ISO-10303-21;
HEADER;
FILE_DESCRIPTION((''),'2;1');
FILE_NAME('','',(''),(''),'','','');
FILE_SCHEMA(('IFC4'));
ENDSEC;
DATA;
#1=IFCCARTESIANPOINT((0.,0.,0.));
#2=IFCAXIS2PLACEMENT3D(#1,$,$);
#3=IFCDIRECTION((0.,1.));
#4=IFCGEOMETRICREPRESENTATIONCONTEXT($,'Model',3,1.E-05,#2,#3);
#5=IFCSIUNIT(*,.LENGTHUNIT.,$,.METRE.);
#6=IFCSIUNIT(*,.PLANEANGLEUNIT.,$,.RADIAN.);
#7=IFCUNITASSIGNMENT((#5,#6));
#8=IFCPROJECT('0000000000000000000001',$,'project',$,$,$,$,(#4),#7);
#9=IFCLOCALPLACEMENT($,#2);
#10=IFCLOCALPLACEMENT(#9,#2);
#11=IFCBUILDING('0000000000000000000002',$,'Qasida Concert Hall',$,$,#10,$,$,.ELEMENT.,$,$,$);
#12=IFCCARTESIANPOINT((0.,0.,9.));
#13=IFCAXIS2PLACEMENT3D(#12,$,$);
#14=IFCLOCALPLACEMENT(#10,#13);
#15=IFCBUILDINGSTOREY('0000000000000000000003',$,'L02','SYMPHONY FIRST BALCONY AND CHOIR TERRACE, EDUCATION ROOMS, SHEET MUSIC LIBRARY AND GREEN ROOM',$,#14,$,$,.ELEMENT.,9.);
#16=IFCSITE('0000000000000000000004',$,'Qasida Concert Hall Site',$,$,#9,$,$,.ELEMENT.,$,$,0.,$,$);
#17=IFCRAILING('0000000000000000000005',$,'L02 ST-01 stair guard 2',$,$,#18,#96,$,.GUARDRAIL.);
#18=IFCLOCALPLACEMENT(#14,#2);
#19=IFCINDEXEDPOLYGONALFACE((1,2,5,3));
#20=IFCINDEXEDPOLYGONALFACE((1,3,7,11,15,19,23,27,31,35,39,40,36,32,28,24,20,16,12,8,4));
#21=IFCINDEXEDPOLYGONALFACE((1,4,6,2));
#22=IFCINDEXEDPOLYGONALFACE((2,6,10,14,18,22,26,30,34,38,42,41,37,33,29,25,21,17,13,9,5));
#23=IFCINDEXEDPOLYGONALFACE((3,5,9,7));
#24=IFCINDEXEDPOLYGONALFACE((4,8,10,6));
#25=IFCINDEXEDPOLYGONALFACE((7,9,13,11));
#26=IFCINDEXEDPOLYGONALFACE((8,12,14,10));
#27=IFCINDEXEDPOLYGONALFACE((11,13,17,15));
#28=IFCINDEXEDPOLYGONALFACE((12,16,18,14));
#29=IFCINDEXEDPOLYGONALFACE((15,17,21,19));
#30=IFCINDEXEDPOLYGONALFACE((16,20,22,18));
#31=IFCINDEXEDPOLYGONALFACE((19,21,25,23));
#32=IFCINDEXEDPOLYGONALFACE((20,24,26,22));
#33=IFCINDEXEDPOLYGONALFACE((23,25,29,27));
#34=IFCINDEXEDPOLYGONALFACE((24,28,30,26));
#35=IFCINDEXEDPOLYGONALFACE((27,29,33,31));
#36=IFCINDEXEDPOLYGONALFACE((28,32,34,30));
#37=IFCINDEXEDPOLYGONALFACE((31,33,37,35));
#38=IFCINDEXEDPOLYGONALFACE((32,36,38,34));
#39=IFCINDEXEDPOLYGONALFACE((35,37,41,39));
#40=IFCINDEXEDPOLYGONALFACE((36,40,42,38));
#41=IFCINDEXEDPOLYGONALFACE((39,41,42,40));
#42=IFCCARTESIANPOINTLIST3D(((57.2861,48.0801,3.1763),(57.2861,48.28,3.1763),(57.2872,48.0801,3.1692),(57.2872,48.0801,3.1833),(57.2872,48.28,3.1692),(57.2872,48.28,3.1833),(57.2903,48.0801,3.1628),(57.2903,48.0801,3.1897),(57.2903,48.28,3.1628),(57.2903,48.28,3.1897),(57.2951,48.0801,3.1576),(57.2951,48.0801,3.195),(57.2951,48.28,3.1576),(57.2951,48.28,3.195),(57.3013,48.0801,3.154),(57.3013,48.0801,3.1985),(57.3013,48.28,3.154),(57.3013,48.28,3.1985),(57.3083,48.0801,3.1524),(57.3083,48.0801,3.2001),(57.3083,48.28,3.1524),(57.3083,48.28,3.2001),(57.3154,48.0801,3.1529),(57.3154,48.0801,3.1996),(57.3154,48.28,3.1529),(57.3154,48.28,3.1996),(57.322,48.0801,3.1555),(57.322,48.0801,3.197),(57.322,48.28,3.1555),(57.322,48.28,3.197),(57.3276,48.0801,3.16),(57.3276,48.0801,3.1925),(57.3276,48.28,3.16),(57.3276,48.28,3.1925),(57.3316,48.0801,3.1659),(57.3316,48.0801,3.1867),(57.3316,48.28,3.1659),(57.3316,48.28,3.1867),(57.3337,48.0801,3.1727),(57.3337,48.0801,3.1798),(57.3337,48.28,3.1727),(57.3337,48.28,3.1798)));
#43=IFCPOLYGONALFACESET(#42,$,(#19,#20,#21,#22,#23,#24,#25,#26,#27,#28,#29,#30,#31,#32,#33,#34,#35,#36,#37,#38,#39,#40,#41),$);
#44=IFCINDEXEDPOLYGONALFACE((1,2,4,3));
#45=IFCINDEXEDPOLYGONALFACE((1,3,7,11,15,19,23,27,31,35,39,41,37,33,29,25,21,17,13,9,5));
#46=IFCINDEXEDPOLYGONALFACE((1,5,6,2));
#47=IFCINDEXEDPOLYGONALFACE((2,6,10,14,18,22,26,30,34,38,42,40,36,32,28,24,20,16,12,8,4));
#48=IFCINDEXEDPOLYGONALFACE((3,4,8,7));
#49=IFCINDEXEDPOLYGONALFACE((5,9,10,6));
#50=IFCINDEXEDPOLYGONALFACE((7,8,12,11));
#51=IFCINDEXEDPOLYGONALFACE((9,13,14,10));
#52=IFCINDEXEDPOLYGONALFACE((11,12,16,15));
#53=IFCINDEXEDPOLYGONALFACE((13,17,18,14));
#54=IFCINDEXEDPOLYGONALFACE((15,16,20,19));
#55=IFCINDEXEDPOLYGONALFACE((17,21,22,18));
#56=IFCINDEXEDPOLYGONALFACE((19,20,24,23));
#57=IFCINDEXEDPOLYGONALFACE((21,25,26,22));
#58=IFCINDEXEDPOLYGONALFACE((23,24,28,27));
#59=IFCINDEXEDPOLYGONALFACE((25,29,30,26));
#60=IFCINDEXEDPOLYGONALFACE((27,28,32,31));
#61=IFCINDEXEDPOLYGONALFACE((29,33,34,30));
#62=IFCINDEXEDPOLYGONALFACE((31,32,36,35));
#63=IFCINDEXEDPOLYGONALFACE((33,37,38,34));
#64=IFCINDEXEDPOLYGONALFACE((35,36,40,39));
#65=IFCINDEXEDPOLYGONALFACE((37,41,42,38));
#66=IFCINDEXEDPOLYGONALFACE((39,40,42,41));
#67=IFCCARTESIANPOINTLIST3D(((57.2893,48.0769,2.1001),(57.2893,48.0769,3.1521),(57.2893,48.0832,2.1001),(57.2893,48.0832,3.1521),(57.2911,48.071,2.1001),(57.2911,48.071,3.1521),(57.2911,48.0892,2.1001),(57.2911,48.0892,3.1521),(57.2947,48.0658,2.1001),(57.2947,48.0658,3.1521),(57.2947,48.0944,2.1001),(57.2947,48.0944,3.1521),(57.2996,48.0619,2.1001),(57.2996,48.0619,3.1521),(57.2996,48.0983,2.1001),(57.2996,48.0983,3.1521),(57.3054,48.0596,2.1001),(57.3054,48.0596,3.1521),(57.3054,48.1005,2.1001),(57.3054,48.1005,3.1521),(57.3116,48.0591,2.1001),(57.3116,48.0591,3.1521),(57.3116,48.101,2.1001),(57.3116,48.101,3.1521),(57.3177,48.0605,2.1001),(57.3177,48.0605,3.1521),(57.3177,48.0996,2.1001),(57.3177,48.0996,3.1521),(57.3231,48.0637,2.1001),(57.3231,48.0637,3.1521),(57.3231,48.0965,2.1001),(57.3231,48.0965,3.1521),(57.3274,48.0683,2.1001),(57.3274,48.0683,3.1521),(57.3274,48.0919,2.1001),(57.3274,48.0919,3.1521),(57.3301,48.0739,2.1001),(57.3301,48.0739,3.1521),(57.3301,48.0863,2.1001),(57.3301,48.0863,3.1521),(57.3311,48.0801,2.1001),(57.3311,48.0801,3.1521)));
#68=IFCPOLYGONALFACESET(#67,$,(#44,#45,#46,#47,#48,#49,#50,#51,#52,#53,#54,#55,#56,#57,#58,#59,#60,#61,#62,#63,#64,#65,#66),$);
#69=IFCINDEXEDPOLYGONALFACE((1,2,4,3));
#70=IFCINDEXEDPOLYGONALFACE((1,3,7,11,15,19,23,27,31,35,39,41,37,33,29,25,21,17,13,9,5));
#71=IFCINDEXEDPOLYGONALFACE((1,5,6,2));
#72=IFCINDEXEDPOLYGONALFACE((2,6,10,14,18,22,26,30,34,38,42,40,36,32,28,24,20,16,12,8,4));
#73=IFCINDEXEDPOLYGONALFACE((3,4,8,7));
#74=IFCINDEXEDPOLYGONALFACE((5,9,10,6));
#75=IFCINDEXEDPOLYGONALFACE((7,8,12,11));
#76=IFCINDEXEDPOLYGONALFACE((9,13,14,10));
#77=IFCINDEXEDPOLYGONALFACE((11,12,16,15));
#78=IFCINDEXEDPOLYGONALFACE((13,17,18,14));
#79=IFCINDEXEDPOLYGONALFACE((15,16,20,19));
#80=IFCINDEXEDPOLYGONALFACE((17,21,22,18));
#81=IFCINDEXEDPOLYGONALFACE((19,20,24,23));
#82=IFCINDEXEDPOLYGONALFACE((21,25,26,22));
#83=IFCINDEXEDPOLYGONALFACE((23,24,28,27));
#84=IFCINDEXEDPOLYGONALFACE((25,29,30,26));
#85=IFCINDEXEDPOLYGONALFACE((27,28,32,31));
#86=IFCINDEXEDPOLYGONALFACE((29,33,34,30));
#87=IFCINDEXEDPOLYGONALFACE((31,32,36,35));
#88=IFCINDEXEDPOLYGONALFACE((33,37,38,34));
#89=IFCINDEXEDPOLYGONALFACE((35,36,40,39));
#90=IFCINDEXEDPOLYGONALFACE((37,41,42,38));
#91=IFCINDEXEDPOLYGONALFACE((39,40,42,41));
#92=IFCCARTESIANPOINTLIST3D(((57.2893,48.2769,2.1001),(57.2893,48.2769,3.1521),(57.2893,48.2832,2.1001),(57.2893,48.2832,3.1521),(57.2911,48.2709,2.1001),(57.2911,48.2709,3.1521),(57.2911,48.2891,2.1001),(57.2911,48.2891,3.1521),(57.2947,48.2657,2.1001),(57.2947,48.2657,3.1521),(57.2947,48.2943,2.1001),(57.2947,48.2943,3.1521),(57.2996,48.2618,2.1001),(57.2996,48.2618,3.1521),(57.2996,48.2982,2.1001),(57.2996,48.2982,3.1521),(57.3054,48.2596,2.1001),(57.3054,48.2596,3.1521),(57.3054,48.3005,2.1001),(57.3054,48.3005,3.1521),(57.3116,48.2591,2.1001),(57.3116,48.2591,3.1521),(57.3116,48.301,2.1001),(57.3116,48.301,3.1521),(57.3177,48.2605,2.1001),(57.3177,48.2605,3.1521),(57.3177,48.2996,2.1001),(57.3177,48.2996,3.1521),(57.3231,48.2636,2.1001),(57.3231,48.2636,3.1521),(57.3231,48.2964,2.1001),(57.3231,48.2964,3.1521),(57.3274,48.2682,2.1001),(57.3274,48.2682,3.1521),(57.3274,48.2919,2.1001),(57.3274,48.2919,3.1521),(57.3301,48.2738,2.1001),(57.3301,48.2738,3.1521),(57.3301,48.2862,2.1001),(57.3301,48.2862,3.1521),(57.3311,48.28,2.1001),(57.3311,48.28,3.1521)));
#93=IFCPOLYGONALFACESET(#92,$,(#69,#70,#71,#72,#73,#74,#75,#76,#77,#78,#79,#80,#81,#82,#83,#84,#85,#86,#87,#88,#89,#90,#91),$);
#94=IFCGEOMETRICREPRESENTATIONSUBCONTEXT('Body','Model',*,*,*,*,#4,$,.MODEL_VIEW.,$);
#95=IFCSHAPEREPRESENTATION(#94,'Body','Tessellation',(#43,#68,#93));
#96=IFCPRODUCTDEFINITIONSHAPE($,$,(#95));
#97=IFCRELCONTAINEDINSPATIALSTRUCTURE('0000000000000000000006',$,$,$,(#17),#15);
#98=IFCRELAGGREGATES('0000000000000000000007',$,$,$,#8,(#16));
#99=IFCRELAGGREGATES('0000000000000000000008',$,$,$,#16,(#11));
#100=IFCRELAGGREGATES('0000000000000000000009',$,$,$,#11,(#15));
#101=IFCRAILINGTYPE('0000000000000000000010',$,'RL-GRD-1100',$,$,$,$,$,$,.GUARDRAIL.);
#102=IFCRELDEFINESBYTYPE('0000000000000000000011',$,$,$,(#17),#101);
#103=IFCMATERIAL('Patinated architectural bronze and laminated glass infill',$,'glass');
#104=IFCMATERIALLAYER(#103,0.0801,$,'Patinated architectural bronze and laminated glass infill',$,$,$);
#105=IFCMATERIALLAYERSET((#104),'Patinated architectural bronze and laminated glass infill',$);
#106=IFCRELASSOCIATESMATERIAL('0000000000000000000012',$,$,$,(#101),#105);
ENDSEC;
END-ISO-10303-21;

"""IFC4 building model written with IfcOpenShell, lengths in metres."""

from ifc_helpers import new_model, si_unit, direction, frame, origin, origin_2d, place, context, subcontext, project, spatial, circle, extrude, material, layer, layer_set, type_object, element, save


model = new_model("IFC4")

# Units and contexts
model_context = context("Model", 3, precision=1e-05, world=origin(), true_north=direction((0.0, 1.0)))
body_context = subcontext(model_context, "Body", "Model", "MODEL_VIEW")
ifc_project = project(units=[si_unit("LENGTHUNIT", "METRE"), si_unit("PLANEANGLEUNIT", "RADIAN")], contexts=[model_context])

# Site, building, storey
site_placement = place(None, origin())
site = spatial("IfcSite", under=ifc_project, at=site_placement, Name="Qasida Concert Hall Site", CompositionType="ELEMENT", RefElevation=0.0)
building_placement = place(site_placement, origin())
building = spatial("IfcBuilding", under=site, at=building_placement, Name="Qasida Concert Hall", CompositionType="ELEMENT")
storey_placement = place(building_placement, frame((0.0, 0.0, 9.0)))
storey = spatial("IfcBuildingStorey", under=building, at=storey_placement, Name="L02", Description="SYMPHONY FIRST BALCONY AND CHOIR TERRACE, EDUCATION ROOMS, SHEET MUSIC LIBRARY AND GREEN ROOM", CompositionType="ELEMENT", Elevation=9.0)

# Railing
ifc_material_1 = material(Name="Patinated architectural bronze and laminated glass infill", Category="glass")
ifc_layer_1 = layer(ifc_material_1, 0.0801, Name="Patinated architectural bronze and laminated glass infill")
ifc_layer_set_1 = layer_set([ifc_layer_1], Name="Patinated architectural bronze and laminated glass infill")
railing_type_1 = type_object("IfcRailingType", Name="RL-GRD-1100", PredefinedType="GUARDRAIL", material=ifc_layer_set_1)
railing_1_placement = place(storey_placement, frame((57.3101, 48.0801, 2.1001)))
element("IfcRailing", 1, at=railing_1_placement, inside=storey, type_object=railing_type_1, Name="L02 ST-01 stair guard 2", PredefinedType="GUARDRAIL", context=body_context, shape_type="SweptSolid", body=[
    extrude(circle(Radius=0.0239, at=origin_2d()), frame((0.0, 0.0, 1.0762), z_axis=(0.0, 1.0, 0.0), x_axis=(-1.0, 0.0, 0.0)), (0.0, 0.0, 1.0), 0.2),
    extrude(circle(Radius=0.021, at=origin_2d()), origin(), (0.0, 0.0, 1.0), 1.052),
    extrude(circle(Radius=0.021, at=origin_2d()), frame((0.0, 0.2, 0.0)), (0.0, 0.0, 1.0), 1.052),
])

save(model, "model.ifc")
